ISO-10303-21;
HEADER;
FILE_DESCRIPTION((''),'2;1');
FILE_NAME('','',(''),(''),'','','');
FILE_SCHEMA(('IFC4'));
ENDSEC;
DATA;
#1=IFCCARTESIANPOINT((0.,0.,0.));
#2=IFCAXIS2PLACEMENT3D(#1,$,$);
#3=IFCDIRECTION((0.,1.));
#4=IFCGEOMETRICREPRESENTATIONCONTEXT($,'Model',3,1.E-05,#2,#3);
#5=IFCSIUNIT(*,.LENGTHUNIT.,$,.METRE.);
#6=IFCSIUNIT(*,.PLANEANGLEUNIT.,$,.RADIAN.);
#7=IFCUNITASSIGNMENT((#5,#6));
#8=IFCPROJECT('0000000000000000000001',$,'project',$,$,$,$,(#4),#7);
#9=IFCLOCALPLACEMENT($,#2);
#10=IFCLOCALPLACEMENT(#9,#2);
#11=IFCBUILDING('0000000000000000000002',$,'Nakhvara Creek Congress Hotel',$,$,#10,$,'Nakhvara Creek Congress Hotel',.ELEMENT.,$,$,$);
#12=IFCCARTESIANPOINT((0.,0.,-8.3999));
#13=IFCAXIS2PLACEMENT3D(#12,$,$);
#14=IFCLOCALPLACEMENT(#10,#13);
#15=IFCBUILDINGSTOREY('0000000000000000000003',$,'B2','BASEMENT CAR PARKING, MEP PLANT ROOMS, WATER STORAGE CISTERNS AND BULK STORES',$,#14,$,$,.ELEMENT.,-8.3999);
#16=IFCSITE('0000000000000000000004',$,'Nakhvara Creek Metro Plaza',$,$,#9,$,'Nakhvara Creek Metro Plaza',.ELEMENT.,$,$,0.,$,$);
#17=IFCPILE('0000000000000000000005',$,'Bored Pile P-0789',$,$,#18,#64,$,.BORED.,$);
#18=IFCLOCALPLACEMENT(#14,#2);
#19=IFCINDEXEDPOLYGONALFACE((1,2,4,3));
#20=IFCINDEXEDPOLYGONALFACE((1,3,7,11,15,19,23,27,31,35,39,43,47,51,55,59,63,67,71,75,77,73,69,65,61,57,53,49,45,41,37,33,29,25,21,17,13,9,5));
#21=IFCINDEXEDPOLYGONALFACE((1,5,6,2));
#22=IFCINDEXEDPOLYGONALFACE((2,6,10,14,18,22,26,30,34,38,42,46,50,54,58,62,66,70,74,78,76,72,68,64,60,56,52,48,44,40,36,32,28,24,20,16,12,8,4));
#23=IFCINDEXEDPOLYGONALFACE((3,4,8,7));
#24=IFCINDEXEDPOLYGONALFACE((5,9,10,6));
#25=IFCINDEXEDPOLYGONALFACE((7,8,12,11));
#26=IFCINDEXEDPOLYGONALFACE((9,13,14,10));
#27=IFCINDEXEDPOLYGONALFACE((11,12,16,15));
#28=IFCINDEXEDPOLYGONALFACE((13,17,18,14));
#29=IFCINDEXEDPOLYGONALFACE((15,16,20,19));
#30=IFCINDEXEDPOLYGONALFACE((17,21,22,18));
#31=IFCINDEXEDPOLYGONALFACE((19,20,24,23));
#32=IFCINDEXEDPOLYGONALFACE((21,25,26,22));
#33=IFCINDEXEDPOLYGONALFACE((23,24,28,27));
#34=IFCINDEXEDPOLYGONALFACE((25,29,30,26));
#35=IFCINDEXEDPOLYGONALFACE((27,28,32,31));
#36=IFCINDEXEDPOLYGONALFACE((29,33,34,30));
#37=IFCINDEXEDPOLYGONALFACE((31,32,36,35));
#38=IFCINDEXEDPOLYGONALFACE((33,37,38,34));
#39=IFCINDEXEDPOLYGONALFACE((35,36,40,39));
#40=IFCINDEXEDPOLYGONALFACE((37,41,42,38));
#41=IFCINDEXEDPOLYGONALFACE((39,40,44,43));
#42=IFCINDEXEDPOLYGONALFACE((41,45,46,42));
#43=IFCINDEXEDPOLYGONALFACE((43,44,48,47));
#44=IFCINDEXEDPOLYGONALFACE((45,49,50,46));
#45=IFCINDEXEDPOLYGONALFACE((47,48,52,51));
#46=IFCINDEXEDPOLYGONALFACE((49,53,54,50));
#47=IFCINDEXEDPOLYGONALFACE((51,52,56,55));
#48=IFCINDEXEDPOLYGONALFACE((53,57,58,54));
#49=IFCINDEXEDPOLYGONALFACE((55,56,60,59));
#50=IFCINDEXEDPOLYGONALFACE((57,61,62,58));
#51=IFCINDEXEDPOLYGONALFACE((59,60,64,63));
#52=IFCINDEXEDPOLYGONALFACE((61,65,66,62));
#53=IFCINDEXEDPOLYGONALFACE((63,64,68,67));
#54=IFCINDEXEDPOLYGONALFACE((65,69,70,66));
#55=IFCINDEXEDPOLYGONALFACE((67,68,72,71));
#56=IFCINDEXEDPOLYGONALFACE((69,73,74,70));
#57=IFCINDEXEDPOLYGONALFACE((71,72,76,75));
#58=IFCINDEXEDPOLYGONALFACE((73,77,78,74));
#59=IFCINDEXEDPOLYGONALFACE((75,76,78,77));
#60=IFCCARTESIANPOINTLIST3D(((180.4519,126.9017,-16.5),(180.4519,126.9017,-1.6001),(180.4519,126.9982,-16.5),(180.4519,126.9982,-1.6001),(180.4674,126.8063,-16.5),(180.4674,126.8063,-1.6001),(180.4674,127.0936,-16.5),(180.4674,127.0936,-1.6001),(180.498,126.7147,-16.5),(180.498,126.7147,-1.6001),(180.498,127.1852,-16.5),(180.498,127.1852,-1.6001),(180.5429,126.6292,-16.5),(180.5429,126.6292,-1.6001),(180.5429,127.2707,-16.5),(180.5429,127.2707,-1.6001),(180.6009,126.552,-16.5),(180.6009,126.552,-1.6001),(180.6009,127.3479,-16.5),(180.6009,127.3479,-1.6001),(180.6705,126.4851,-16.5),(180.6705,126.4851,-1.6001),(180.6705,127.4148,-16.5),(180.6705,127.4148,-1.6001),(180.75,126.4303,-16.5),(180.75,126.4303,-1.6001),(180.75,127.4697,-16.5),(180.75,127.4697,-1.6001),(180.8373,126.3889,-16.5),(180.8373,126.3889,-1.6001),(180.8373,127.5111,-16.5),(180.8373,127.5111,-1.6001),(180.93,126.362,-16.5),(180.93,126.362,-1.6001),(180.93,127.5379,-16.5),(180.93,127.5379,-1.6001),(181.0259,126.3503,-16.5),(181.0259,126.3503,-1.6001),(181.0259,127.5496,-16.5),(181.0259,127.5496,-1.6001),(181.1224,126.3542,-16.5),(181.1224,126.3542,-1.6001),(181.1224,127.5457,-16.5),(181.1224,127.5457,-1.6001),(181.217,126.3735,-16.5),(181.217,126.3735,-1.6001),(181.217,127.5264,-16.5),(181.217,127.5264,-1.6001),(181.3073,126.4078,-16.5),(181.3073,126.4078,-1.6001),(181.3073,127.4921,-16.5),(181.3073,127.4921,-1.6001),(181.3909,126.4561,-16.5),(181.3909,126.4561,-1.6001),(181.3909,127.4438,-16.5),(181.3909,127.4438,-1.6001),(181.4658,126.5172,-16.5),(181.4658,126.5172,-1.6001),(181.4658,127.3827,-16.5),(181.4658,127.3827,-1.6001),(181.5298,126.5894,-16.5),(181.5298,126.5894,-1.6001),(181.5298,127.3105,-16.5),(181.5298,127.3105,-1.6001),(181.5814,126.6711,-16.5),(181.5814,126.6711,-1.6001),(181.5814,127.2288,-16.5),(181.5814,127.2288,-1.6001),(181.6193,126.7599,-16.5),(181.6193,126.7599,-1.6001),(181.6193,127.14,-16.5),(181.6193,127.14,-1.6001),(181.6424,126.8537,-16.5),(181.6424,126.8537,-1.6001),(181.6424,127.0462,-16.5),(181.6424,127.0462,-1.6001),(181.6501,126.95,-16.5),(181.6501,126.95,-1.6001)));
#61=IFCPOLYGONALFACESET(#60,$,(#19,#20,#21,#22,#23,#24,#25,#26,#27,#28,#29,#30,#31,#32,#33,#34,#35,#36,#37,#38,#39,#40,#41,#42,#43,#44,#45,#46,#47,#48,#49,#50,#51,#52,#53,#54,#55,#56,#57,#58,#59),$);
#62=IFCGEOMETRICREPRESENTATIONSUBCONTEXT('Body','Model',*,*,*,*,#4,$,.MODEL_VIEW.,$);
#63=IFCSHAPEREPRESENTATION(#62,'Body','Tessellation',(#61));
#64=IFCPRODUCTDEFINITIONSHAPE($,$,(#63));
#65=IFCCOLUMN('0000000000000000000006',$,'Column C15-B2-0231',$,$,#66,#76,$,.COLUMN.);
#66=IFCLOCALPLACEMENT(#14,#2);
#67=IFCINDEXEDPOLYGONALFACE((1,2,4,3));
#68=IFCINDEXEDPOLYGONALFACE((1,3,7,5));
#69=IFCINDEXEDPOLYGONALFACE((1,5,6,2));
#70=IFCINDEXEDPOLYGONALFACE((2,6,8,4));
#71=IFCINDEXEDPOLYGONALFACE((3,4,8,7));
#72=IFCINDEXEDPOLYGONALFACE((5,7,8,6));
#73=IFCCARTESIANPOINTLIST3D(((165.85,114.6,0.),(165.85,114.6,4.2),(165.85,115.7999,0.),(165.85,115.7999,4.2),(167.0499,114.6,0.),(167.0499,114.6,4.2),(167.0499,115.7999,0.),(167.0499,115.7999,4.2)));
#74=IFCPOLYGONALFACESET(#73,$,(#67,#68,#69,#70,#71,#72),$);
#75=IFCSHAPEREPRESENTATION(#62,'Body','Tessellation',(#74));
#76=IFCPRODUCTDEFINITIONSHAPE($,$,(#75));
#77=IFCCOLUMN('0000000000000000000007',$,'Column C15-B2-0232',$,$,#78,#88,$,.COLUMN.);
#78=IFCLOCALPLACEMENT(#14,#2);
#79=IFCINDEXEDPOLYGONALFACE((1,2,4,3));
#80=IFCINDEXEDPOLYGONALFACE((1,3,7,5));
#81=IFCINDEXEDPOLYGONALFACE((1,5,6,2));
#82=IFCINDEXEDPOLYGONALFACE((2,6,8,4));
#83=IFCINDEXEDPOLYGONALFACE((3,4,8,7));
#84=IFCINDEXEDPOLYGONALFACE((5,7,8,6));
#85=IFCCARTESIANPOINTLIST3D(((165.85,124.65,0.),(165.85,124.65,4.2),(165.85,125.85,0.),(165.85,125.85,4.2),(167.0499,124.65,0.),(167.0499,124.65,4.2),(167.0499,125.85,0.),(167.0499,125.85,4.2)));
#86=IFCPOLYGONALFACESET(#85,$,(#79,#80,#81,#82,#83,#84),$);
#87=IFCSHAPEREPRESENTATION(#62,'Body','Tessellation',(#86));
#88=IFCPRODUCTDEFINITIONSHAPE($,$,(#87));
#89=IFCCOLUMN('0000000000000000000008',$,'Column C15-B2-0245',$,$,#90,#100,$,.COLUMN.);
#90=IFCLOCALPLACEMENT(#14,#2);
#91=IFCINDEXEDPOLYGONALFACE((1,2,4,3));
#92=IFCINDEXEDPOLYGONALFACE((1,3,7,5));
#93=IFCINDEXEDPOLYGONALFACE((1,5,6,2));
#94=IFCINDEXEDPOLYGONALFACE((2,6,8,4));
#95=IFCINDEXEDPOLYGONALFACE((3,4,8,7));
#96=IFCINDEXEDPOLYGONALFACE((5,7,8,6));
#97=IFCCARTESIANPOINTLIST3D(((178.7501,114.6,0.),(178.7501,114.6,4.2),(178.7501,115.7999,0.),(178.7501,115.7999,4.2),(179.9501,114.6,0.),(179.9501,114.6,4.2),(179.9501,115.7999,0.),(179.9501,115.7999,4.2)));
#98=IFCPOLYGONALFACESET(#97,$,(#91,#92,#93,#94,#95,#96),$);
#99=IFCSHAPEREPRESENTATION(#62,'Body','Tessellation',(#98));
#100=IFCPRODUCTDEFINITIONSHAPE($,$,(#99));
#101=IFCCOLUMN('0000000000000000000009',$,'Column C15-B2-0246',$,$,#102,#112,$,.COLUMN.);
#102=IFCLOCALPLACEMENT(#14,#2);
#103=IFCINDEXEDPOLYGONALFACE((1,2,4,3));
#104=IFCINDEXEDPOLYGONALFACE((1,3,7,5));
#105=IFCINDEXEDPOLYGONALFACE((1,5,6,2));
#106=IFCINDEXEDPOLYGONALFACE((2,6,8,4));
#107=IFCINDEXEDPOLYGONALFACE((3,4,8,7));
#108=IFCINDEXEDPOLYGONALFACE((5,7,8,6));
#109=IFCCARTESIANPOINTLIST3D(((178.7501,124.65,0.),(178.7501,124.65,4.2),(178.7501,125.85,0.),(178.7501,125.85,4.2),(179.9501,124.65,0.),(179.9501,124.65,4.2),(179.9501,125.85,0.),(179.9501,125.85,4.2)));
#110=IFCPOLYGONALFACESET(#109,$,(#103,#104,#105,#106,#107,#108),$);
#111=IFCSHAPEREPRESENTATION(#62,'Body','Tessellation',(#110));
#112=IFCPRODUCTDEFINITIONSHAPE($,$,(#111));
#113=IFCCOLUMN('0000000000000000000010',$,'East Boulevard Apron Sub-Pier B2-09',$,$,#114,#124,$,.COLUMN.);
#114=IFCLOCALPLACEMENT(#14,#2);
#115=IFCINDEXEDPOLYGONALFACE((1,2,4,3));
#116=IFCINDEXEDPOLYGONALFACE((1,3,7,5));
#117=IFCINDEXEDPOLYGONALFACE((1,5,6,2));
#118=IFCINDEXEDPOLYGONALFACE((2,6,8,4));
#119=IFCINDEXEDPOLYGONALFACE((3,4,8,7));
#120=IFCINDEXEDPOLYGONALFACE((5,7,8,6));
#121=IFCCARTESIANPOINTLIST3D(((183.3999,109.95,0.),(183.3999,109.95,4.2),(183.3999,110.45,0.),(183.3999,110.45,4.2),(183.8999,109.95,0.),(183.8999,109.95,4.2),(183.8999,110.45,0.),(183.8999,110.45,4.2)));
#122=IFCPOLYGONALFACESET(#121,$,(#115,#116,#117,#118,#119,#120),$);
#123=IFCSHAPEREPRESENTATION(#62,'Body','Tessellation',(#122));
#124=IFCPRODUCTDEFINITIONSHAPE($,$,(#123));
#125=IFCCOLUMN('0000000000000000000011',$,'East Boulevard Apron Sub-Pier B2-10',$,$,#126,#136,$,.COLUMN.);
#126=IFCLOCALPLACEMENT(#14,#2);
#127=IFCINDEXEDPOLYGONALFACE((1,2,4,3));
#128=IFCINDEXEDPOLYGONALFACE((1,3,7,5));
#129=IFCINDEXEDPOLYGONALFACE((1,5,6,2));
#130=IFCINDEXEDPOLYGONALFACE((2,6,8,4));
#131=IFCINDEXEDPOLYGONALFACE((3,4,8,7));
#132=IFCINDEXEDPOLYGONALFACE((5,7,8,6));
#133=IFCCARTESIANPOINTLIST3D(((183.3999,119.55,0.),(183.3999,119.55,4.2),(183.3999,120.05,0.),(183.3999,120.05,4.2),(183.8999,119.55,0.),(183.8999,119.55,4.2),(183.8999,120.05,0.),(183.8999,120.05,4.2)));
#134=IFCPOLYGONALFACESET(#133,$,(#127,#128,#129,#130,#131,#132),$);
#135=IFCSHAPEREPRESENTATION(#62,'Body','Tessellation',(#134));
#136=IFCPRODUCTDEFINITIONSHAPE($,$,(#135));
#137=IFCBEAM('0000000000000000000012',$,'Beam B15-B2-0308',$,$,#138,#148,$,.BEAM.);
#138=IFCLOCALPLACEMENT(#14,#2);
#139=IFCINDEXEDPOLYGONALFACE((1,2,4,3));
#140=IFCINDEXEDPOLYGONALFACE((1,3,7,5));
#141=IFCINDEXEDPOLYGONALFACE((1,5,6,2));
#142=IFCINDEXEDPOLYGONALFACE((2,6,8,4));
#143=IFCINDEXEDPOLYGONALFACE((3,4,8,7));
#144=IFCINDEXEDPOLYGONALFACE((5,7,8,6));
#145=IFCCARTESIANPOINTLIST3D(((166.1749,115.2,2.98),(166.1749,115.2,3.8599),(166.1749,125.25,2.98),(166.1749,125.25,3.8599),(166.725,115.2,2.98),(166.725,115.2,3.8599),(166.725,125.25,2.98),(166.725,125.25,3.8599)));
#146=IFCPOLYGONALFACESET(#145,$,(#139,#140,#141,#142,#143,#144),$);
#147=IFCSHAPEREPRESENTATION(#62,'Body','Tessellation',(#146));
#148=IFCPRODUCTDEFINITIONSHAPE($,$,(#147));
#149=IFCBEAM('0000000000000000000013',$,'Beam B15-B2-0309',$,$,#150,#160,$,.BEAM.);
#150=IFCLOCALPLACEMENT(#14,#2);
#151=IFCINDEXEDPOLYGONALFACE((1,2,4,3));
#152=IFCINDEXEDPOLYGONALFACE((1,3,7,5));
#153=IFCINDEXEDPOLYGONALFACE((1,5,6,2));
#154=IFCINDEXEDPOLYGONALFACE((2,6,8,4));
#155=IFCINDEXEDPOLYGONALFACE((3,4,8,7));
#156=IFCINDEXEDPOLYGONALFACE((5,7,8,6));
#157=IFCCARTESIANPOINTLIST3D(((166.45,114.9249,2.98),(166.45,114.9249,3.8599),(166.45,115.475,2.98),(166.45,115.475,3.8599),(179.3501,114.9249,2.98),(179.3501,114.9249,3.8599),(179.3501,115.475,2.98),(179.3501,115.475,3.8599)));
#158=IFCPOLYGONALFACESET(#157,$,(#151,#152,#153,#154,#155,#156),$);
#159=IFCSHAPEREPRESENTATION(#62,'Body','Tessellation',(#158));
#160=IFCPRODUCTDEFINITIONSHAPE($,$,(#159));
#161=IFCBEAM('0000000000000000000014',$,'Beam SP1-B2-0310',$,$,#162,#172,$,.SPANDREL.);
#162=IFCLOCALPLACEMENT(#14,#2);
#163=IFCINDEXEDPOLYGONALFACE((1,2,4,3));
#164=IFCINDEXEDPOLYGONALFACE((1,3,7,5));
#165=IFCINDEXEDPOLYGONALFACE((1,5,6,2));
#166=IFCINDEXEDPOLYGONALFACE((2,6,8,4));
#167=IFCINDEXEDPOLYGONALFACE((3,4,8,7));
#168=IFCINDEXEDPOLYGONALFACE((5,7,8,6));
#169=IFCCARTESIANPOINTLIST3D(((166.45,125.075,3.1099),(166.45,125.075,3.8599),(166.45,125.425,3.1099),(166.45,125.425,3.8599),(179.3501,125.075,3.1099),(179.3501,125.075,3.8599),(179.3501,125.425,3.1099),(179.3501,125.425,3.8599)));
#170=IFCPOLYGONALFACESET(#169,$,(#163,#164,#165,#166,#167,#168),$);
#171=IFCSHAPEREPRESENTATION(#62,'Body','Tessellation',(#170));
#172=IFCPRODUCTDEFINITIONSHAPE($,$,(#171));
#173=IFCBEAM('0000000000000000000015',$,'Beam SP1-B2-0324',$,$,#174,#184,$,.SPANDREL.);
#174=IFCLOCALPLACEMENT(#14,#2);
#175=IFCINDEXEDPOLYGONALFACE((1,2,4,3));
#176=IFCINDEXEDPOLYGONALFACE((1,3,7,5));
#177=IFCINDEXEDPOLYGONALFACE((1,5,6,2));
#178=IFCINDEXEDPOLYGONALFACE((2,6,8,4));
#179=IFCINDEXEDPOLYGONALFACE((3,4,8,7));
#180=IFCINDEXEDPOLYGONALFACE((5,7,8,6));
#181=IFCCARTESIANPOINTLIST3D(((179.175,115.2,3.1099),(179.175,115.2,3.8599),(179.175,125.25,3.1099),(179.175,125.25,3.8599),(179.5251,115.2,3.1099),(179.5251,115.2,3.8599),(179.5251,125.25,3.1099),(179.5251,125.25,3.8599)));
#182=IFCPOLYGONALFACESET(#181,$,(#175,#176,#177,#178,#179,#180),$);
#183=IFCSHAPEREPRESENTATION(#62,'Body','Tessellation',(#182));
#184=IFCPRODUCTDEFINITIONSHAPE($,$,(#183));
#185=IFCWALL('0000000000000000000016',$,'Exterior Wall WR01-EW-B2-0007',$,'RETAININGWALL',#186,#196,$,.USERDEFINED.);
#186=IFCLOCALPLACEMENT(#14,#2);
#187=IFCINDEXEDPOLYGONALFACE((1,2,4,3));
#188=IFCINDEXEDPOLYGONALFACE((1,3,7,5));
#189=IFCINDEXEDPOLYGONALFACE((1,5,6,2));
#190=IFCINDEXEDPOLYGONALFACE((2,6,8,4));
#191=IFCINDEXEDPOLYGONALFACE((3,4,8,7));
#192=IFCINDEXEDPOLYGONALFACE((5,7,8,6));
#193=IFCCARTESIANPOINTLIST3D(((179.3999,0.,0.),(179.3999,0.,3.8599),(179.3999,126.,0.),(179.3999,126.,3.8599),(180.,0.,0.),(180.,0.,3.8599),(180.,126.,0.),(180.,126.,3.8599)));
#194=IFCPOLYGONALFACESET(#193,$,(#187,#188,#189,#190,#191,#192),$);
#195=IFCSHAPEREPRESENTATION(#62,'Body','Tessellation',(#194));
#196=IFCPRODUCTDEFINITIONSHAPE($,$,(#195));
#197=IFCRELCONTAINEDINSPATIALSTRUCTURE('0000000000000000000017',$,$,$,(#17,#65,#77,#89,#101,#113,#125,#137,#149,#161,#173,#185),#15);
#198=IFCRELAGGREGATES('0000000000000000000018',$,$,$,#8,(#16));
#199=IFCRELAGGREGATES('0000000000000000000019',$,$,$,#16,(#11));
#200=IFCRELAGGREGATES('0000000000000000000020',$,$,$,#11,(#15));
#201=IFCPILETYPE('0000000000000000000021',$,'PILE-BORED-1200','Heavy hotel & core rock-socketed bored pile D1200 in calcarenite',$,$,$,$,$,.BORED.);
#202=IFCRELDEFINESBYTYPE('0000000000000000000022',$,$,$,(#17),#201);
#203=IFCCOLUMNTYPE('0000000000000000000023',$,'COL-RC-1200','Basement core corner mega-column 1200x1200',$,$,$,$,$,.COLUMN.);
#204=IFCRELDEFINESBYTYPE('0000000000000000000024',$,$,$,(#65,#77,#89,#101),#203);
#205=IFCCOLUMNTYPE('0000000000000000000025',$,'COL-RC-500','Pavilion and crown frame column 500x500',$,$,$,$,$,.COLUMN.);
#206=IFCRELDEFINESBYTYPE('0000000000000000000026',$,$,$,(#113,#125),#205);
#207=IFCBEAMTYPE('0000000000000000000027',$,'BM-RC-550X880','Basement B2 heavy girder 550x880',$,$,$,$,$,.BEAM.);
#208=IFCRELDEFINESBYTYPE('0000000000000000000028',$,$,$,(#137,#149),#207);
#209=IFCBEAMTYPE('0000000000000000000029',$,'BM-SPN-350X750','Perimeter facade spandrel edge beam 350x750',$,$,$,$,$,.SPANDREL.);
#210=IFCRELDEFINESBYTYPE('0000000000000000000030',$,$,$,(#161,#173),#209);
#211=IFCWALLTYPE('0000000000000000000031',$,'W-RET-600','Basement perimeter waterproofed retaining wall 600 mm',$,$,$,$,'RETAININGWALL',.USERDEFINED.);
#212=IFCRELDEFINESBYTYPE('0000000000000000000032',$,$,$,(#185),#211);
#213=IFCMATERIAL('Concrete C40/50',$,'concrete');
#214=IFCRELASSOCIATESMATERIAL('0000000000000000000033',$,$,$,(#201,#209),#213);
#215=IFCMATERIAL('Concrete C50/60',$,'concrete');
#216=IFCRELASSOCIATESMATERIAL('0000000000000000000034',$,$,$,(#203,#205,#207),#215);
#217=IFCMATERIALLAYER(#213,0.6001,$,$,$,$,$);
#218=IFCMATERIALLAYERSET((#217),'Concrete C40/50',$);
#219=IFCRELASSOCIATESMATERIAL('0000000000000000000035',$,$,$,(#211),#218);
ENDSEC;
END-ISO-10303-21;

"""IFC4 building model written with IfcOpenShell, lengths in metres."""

from ifc_helpers import new_model, si_unit, direction, frame, frame_2d, origin, origin_2d, place, context, subcontext, project, spatial, rectangle, circle, extrude, material, layer, layer_set, material_profile, profile_set, type_object, element, save


model = new_model("IFC4")

# Units and contexts
model_context = context("Model", 3, precision=1e-05, world=origin(), true_north=direction((0.0, 1.0)))
body_context = subcontext(model_context, "Body", "Model", "MODEL_VIEW")
ifc_project = project(units=[si_unit("LENGTHUNIT", "METRE"), si_unit("PLANEANGLEUNIT", "RADIAN")], contexts=[model_context])

# Site, building, storey
site_placement = place(None, origin())
site = spatial("IfcSite", under=ifc_project, at=site_placement, Name="Nakhvara Creek Metro Plaza", LongName="Nakhvara Creek Metro Plaza", CompositionType="ELEMENT", RefElevation=0.0)
building_placement = place(site_placement, origin())
building = spatial("IfcBuilding", under=site, at=building_placement, Name="Nakhvara Creek Congress Hotel", LongName="Nakhvara Creek Congress Hotel", CompositionType="ELEMENT")
storey_placement = place(building_placement, frame((0.0, 0.0, -8.3999)))
storey = spatial("IfcBuildingStorey", under=building, at=storey_placement, Name="B2", Description="BASEMENT CAR PARKING, MEP PLANT ROOMS, WATER STORAGE CISTERNS AND BULK STORES", CompositionType="ELEMENT", Elevation=-8.3999)

# Shared definitions
ifc_material_1 = material(Name="Concrete C40/50", Category="concrete")

# Pile
ifc_material_profile_1 = material_profile(ifc_material_1, circle(Radius=0.6001, at=origin_2d()), Name="BORED PILE D1200", Category="LoadBearing")
ifc_profile_set_1 = profile_set([ifc_material_profile_1], Name="Concrete C40/50")
pile_type = type_object("IfcPileType", Name="PILE-BORED-1200", Description="Heavy hotel & core rock-socketed bored pile D1200 in calcarenite", PredefinedType="BORED", material=ifc_profile_set_1)
for number, where, z_axis, x_axis, name in (
    (1, (181.05, 126.95, -1.6001), (0.0, 0.0, -1.0), (1.0, 0.0, 0.0), "Bored Pile P-0789"),
):
    element("IfcPile", number, at=place(storey_placement, frame(where, z_axis=z_axis, x_axis=x_axis)), inside=storey, type_object=pile_type, Name=name, PredefinedType="BORED", context=body_context, shape_type="SweptSolid", body=[
        extrude(circle(Radius=0.6001, at=origin_2d()), origin(), (0.0, 0.0, 1.0), 14.8999),
    ])

# Columns
ifc_material_2 = material(Name="Concrete C50/60", Category="concrete")
ifc_material_profile_2 = material_profile(ifc_material_2, rectangle(XDim=1.2, YDim=1.2, at=origin_2d()), Name="RC-COL 1200x1200", Category="LoadBearing")
ifc_profile_set_2 = profile_set([ifc_material_profile_2], Name="Concrete C50/60")
column_type_1 = type_object("IfcColumnType", Name="COL-RC-1200", Description="Basement core corner mega-column 1200x1200", PredefinedType="COLUMN", material=ifc_profile_set_2)
for number, where, z_axis, x_axis, name in (
    (2, (166.45, 115.2, 0.0), (0.0, 0.0, 1.0), (1.0, 0.0, 0.0), "Column C15-B2-0231"),
    (3, (166.45, 125.25, 0.0), (0.0, 0.0, 1.0), (1.0, 0.0, 0.0), "Column C15-B2-0232"),
    (4, (179.3501, 115.2, 0.0), (0.0, 0.0, 1.0), (1.0, 0.0, 0.0), "Column C15-B2-0245"),
    (5, (179.3501, 125.25, 0.0), (0.0, 0.0, 1.0), (1.0, 0.0, 0.0), "Column C15-B2-0246"),
):
    element("IfcColumn", number, at=place(storey_placement, frame(where, z_axis=z_axis, x_axis=x_axis)), inside=storey, type_object=column_type_1, Name=name, PredefinedType="COLUMN", context=body_context, shape_type="SweptSolid", body=[
        extrude(rectangle(XDim=1.2, YDim=1.2, at=origin_2d()), origin(), (0.0, 0.0, 1.0), 4.2),
    ])
ifc_material_profile_3 = material_profile(ifc_material_2, rectangle(XDim=0.5, YDim=0.5, at=origin_2d()), Name="RC-COL 500x500", Category="LoadBearing")
ifc_profile_set_3 = profile_set([ifc_material_profile_3], Name="Concrete C50/60")
column_type_2 = type_object("IfcColumnType", Name="COL-RC-500", Description="Pavilion and crown frame column 500x500", PredefinedType="COLUMN", material=ifc_profile_set_3)
for number, where, z_axis, x_axis, name in (
    (6, (183.6499, 110.2, 0.0), (0.0, 0.0, 1.0), (1.0, 0.0, 0.0), "East Boulevard Apron Sub-Pier B2-09"),
    (7, (183.6499, 119.8, 0.0), (0.0, 0.0, 1.0), (1.0, 0.0, 0.0), "East Boulevard Apron Sub-Pier B2-10"),
):
    element("IfcColumn", number, at=place(storey_placement, frame(where, z_axis=z_axis, x_axis=x_axis)), inside=storey, type_object=column_type_2, Name=name, PredefinedType="COLUMN", context=body_context, shape_type="SweptSolid", body=[
        extrude(rectangle(XDim=0.5, YDim=0.5, at=origin_2d()), origin(), (0.0, 0.0, 1.0), 4.2),
    ])

# Beams
ifc_material_profile_4 = material_profile(ifc_material_2, rectangle(XDim=0.55, YDim=0.8799, at=origin_2d()), Name="RC-BM 550x880", Category="LoadBearing")
ifc_profile_set_4 = profile_set([ifc_material_profile_4], Name="Concrete C50/60")
beam_type_1 = type_object("IfcBeamType", Name="BM-RC-550X880", Description="Basement B2 heavy girder 550x880", PredefinedType="BEAM", material=ifc_profile_set_4)
beam_1_placement = place(storey_placement, frame((166.45, 115.2, 3.4199), z_axis=(0.0, 1.0, 0.0), x_axis=(-1.0, 0.0, 0.0)))
element("IfcBeam", 8, at=beam_1_placement, inside=storey, type_object=beam_type_1, Name="Beam B15-B2-0308", PredefinedType="BEAM", context=body_context, shape_type="SweptSolid", body=[
    extrude(rectangle(XDim=0.55, YDim=0.8799, at=origin_2d()), origin(), (0.0, 0.0, 1.0), 10.05),
])
beam_2_placement = place(storey_placement, frame((166.45, 115.2, 3.4199), z_axis=(1.0, 0.0, 0.0), x_axis=(0.0, 1.0, 0.0)))
element("IfcBeam", 9, at=beam_2_placement, inside=storey, type_object=beam_type_1, Name="Beam B15-B2-0309", PredefinedType="BEAM", context=body_context, shape_type="SweptSolid", body=[
    extrude(rectangle(XDim=0.55, YDim=0.8799, at=origin_2d()), origin(), (0.0, 0.0, 1.0), 12.9001),
])
ifc_material_profile_5 = material_profile(ifc_material_1, rectangle(XDim=0.3501, YDim=0.75, at=origin_2d()), Name="RC-SPANDREL 350x750", Category="LoadBearing")
ifc_profile_set_5 = profile_set([ifc_material_profile_5], Name="Concrete C40/50")
beam_type_2 = type_object("IfcBeamType", Name="BM-SPN-350X750", Description="Perimeter facade spandrel edge beam 350x750", PredefinedType="SPANDREL", material=ifc_profile_set_5)
beam_3_placement = place(storey_placement, frame((166.45, 125.25, 3.4849), z_axis=(1.0, 0.0, 0.0), x_axis=(0.0, 1.0, 0.0)))
element("IfcBeam", 10, at=beam_3_placement, inside=storey, type_object=beam_type_2, Name="Beam SP1-B2-0310", PredefinedType="SPANDREL", context=body_context, shape_type="SweptSolid", body=[
    extrude(rectangle(XDim=0.3501, YDim=0.75, at=origin_2d()), origin(), (0.0, 0.0, 1.0), 12.9001),
])
beam_4_placement = place(storey_placement, frame((179.3501, 115.2, 3.4849), z_axis=(0.0, 1.0, 0.0), x_axis=(-1.0, 0.0, 0.0)))
element("IfcBeam", 11, at=beam_4_placement, inside=storey, type_object=beam_type_2, Name="Beam SP1-B2-0324", PredefinedType="SPANDREL", context=body_context, shape_type="SweptSolid", body=[
    extrude(rectangle(XDim=0.3501, YDim=0.75, at=origin_2d()), origin(), (0.0, 0.0, 1.0), 10.05),
])

# Wall
ifc_layer = layer(ifc_material_1, 0.6001)
ifc_layer_set = layer_set([ifc_layer], Name="Concrete C40/50")
wall_type = type_object("IfcWallType", Name="W-RET-600", Description="Basement perimeter waterproofed retaining wall 600 mm", ElementType="RETAININGWALL", PredefinedType="USERDEFINED", material=ifc_layer_set)
wall_placement = place(storey_placement, frame((179.7, 126.0, 0.0), z_axis=(0.0, 0.0, 1.0), x_axis=(0.0, -1.0, 0.0)))
element("IfcWall", 12, at=wall_placement, inside=storey, type_object=wall_type, Name="Exterior Wall WR01-EW-B2-0007", ObjectType="RETAININGWALL", PredefinedType="USERDEFINED", context=body_context, shape_type="SweptSolid", body=[
    extrude(rectangle(XDim=126.0, YDim=0.6001, at=frame_2d((63.0, 0.0))), origin(), (0.0, 0.0, 1.0), 3.8599),
])

save(model, "model.ifc")
